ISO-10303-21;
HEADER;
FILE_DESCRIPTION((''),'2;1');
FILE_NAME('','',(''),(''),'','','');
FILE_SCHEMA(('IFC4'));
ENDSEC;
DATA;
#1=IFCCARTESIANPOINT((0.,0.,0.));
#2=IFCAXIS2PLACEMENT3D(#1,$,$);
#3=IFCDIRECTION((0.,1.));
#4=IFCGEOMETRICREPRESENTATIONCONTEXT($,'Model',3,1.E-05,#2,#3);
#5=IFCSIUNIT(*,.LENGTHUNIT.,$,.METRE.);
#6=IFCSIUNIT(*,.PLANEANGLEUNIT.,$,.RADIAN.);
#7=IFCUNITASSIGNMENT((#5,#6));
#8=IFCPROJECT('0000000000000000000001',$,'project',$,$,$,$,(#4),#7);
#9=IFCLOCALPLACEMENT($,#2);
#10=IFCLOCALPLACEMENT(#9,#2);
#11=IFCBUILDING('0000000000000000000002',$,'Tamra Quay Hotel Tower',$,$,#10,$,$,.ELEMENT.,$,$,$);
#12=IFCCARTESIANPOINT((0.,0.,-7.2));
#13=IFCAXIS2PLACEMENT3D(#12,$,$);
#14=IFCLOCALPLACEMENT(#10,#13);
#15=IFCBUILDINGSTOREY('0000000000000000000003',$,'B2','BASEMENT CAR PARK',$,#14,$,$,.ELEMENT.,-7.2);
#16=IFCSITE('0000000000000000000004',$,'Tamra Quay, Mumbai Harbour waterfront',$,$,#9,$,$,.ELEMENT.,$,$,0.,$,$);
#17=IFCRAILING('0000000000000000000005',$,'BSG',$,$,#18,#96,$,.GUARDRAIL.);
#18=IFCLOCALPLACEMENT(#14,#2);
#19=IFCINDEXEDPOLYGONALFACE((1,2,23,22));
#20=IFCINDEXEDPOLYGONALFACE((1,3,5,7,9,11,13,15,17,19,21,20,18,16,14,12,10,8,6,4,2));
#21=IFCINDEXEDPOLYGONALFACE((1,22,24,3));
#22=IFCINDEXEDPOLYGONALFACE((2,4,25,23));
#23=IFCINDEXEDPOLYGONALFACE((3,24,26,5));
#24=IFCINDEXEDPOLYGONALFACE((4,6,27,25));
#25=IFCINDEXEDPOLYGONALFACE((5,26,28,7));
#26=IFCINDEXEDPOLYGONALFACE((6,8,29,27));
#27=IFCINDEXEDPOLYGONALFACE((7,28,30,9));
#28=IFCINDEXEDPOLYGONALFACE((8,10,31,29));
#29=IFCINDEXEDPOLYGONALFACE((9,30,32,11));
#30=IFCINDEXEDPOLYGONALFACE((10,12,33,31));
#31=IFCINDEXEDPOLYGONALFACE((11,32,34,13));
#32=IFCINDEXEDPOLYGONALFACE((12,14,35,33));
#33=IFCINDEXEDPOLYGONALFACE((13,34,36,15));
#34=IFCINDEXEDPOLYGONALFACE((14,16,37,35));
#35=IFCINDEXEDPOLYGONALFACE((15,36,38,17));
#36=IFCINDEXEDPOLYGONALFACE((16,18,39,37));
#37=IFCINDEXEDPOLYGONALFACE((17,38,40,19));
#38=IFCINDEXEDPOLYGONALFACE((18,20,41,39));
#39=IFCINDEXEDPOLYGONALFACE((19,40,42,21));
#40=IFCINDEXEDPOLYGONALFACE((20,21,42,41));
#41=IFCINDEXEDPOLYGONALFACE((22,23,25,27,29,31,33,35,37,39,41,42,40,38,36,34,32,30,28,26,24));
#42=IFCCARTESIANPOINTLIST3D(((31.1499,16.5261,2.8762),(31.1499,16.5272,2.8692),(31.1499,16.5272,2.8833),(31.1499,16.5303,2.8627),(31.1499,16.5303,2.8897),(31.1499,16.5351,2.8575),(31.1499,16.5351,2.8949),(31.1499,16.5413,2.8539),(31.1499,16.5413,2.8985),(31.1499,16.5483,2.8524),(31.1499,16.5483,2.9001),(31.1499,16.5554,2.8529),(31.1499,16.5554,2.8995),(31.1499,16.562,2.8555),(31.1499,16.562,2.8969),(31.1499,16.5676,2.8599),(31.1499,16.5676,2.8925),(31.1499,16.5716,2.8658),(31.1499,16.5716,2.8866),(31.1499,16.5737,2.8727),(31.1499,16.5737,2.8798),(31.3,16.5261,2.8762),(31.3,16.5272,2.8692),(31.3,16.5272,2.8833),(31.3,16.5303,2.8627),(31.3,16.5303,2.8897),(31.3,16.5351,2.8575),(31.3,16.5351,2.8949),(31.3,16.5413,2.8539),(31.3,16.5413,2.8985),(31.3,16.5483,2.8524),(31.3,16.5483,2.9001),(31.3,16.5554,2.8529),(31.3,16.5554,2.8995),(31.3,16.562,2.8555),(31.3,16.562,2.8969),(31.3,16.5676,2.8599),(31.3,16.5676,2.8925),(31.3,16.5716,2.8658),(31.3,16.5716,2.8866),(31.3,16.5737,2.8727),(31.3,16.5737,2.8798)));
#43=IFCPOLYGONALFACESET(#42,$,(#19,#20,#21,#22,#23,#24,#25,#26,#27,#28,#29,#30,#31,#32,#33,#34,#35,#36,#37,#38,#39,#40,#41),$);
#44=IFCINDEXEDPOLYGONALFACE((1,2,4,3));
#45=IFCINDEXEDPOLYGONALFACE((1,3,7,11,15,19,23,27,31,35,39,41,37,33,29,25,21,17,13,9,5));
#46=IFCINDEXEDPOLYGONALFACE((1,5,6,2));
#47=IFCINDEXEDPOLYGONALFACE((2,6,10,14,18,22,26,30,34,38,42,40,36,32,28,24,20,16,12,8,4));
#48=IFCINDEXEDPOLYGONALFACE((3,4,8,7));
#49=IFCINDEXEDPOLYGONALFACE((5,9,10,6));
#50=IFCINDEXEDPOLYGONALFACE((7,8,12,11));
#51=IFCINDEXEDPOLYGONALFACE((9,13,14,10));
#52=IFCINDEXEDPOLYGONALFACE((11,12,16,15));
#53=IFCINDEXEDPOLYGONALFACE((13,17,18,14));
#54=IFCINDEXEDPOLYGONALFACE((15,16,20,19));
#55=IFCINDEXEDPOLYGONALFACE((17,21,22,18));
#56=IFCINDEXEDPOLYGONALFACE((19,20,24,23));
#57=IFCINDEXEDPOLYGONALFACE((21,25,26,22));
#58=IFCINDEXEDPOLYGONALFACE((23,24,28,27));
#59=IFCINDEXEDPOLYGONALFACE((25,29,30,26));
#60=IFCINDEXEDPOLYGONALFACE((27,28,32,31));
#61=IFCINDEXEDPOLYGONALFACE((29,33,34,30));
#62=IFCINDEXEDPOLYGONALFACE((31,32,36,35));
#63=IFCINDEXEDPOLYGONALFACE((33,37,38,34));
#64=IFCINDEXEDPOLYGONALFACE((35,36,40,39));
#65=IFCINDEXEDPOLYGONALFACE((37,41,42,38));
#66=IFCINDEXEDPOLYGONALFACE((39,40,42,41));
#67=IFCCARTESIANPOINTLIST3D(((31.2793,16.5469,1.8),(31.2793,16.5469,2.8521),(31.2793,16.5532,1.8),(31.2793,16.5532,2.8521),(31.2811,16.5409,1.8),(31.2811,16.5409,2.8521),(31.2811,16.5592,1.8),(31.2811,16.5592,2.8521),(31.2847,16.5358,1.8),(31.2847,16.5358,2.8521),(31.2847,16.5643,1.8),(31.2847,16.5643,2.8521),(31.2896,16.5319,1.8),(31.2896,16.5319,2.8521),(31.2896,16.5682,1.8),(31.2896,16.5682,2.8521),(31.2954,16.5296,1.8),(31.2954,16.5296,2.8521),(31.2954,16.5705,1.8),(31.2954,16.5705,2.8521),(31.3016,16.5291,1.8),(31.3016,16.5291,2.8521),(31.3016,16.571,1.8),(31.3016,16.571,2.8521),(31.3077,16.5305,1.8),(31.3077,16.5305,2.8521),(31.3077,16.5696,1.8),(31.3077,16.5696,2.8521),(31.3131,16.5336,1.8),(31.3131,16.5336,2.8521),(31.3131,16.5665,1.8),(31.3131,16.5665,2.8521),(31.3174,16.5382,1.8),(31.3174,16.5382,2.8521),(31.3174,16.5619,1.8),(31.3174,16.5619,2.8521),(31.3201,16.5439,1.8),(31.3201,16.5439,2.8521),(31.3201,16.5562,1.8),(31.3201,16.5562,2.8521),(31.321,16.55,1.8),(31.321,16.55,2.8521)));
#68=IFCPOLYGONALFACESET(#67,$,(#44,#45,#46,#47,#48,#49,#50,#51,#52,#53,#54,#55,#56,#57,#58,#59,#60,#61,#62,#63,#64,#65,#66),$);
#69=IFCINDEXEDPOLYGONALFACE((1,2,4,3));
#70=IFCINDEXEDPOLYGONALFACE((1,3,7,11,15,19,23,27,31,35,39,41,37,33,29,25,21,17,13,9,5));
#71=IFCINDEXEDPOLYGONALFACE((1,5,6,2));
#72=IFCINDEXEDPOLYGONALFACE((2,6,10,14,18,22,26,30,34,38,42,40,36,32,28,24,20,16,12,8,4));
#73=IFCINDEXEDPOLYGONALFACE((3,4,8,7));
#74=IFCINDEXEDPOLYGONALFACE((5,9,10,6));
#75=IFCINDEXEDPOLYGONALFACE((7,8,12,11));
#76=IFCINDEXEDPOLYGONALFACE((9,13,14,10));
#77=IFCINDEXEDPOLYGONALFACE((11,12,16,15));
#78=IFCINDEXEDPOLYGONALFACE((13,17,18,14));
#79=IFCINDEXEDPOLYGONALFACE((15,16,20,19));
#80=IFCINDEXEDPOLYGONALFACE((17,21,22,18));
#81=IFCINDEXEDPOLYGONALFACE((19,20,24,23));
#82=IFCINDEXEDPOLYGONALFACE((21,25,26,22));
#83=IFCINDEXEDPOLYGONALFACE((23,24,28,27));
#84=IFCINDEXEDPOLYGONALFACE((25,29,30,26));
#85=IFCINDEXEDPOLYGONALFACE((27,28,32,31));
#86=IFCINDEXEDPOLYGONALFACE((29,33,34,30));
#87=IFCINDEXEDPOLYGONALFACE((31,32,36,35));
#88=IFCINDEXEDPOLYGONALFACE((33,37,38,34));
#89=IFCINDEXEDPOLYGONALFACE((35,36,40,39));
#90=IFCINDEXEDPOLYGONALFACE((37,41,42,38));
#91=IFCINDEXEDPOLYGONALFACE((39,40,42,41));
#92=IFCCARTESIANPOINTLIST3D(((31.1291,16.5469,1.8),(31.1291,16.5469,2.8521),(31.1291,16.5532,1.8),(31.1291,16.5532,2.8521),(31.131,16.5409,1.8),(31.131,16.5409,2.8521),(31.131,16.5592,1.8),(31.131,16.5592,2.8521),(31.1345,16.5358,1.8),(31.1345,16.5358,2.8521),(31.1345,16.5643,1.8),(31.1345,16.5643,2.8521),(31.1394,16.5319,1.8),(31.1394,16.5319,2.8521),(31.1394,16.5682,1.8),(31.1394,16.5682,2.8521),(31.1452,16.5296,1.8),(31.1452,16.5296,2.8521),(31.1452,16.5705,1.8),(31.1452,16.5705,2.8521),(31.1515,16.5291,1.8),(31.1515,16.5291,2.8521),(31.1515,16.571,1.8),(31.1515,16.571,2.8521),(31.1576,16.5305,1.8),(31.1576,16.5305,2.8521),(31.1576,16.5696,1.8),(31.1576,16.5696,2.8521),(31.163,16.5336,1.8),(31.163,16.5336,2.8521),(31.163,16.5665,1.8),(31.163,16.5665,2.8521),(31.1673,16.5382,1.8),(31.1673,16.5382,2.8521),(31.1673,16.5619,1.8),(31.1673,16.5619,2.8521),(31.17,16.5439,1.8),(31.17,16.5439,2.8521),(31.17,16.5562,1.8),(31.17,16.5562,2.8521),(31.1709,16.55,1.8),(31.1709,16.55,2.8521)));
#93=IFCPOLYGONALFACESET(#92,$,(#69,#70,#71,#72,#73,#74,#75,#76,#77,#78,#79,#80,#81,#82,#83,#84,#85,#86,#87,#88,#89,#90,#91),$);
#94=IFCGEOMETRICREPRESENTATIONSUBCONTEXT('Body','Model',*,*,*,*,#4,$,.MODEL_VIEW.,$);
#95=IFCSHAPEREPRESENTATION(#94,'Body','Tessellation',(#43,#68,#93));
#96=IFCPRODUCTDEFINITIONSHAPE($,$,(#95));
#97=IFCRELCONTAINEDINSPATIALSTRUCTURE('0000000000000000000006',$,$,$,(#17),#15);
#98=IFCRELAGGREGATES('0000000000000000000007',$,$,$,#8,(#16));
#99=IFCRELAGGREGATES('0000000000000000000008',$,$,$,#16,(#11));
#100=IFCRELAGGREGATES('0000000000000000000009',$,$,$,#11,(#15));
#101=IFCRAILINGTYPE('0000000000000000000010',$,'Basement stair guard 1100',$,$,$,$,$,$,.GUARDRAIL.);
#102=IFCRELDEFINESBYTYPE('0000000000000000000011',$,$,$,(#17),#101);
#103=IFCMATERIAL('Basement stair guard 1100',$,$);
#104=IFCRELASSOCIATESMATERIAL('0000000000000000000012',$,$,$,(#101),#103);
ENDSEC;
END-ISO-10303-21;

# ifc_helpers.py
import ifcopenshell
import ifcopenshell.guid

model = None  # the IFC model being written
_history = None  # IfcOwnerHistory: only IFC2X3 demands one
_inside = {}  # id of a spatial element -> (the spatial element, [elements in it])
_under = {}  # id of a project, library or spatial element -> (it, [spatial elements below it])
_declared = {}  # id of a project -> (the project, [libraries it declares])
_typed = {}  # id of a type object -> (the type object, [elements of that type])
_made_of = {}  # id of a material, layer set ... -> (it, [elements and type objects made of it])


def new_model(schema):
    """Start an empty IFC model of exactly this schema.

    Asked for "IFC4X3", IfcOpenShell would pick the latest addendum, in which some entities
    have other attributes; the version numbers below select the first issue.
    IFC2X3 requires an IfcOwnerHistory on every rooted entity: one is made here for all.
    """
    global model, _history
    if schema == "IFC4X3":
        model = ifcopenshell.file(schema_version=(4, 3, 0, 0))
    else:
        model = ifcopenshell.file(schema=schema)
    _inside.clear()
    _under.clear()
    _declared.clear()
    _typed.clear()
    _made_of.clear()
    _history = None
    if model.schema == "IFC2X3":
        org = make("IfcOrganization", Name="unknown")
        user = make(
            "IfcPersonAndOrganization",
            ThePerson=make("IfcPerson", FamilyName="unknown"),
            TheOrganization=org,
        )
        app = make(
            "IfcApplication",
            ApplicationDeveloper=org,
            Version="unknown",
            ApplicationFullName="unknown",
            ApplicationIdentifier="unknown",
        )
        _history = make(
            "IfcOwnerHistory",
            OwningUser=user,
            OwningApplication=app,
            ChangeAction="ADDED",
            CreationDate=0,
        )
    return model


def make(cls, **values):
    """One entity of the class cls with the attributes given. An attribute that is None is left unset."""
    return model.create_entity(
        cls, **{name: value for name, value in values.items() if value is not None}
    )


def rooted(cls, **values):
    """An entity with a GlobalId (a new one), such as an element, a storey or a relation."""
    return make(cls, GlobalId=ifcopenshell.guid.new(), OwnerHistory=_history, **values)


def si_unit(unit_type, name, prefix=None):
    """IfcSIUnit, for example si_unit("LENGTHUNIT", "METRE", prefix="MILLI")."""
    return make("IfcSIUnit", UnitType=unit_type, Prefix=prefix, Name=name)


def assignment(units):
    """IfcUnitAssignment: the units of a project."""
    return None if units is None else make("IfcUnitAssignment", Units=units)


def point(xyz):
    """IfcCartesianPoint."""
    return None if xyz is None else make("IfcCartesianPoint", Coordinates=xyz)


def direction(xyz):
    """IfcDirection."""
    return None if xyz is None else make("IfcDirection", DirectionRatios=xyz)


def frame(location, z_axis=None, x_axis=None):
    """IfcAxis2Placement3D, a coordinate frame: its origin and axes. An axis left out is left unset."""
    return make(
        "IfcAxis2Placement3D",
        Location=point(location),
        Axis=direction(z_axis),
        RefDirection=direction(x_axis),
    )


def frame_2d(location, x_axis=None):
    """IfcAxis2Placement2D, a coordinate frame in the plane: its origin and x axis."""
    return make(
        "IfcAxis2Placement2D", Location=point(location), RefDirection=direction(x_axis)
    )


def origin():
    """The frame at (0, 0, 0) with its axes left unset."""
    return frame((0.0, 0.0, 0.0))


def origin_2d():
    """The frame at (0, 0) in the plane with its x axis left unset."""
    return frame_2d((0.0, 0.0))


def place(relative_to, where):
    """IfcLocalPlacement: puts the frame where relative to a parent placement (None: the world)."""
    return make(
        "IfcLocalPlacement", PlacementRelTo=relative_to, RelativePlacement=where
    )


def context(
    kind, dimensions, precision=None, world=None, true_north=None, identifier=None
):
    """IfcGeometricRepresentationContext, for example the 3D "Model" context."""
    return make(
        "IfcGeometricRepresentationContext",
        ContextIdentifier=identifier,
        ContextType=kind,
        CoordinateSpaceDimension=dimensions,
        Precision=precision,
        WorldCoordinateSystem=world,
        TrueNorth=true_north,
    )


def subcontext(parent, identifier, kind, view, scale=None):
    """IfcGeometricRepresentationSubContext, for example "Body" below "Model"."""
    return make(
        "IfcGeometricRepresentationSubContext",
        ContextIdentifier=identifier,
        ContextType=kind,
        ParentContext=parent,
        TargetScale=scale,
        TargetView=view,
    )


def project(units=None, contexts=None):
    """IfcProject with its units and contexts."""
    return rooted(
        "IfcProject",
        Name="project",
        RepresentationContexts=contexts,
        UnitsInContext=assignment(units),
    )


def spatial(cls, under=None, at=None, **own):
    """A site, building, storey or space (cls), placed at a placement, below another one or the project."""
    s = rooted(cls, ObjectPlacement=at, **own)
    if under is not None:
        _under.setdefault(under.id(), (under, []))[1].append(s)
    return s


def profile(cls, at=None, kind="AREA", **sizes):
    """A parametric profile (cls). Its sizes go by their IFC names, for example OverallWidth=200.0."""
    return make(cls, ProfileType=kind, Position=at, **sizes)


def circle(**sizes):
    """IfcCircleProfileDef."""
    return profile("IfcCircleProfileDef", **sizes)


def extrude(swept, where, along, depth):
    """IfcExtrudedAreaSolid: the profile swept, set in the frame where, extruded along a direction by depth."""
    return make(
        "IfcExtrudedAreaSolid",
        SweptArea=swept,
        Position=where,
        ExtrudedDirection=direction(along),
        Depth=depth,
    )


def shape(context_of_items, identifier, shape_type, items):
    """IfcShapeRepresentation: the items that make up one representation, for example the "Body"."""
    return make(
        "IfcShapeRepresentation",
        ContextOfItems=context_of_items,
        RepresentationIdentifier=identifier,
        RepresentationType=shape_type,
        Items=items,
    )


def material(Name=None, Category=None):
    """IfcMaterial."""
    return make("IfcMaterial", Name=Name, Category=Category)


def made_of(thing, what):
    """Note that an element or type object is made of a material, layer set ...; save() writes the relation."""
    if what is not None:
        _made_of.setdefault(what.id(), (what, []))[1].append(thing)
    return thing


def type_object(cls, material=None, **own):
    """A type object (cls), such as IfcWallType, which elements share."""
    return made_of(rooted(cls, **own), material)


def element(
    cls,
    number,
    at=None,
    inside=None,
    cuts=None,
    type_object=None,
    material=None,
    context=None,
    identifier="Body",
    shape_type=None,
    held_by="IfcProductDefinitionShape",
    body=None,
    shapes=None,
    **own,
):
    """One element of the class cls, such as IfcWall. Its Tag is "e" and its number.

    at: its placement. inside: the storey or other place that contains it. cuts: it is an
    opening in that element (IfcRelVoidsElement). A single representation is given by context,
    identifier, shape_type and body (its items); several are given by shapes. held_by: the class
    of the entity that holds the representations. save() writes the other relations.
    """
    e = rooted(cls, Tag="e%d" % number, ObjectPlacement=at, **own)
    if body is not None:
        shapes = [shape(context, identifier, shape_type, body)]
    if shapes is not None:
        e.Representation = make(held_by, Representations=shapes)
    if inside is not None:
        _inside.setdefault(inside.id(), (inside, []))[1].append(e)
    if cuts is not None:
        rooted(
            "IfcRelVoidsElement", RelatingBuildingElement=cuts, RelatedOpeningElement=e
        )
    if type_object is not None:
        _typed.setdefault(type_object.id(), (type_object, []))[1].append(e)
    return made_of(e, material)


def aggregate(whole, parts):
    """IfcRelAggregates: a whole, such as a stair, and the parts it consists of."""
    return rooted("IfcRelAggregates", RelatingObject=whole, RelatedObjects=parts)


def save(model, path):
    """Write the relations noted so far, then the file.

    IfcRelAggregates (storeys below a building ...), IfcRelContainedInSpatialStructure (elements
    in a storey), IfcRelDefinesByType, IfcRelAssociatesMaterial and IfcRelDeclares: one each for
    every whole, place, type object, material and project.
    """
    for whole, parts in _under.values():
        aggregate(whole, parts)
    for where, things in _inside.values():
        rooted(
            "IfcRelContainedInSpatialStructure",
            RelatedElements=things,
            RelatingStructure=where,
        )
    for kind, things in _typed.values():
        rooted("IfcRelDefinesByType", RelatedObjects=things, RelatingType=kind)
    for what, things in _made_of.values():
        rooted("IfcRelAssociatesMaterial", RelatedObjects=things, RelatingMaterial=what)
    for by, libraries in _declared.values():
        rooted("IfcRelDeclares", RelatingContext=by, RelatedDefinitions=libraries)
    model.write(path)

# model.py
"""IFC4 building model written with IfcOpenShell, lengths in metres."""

from ifc_helpers import new_model, si_unit, direction, frame, origin, origin_2d, place, context, subcontext, project, spatial, circle, extrude, material, type_object, element, save


model = new_model("IFC4")

# Units and contexts
model_context = context("Model", 3, precision=1e-05, world=origin(), true_north=direction((0.0, 1.0)))
body_context = subcontext(model_context, "Body", "Model", "MODEL_VIEW")
ifc_project = project(units=[si_unit("LENGTHUNIT", "METRE"), si_unit("PLANEANGLEUNIT", "RADIAN")], contexts=[model_context])

# Site, building, storey
site_placement = place(None, origin())
site = spatial("IfcSite", under=ifc_project, at=site_placement, Name="Tamra Quay, Mumbai Harbour waterfront", CompositionType="ELEMENT", RefElevation=0.0)
building_placement = place(site_placement, origin())
building = spatial("IfcBuilding", under=site, at=building_placement, Name="Tamra Quay Hotel Tower", CompositionType="ELEMENT")
storey_placement = place(building_placement, frame((0.0, 0.0, -7.2)))
storey = spatial("IfcBuildingStorey", under=building, at=storey_placement, Name="B2", Description="BASEMENT CAR PARK", CompositionType="ELEMENT", Elevation=-7.2)

# Railing
ifc_material_1 = material(Name="Basement stair guard 1100")
railing_type_1 = type_object("IfcRailingType", Name="Basement stair guard 1100", PredefinedType="GUARDRAIL", material=ifc_material_1)
railing_1_placement = place(storey_placement, frame((31.3, 16.55, 1.8)))
element("IfcRailing", 1, at=railing_1_placement, inside=storey, type_object=railing_type_1, Name="BSG", PredefinedType="GUARDRAIL", context=body_context, shape_type="SweptSolid", body=[
    extrude(circle(Radius=0.0239, at=origin_2d()), frame((0.0, 0.0, 1.0762), z_axis=(-1.0, 0.0, 0.0), x_axis=(0.0, -1.0, 0.0)), (0.0, 0.0, 1.0), 0.1501),
    extrude(circle(Radius=0.021, at=origin_2d()), origin(), (0.0, 0.0, 1.0), 1.052),
    extrude(circle(Radius=0.021, at=origin_2d()), frame((-0.1501, 0.0, 0.0)), (0.0, 0.0, 1.0), 1.052),
])

save(model, "model.ifc")
